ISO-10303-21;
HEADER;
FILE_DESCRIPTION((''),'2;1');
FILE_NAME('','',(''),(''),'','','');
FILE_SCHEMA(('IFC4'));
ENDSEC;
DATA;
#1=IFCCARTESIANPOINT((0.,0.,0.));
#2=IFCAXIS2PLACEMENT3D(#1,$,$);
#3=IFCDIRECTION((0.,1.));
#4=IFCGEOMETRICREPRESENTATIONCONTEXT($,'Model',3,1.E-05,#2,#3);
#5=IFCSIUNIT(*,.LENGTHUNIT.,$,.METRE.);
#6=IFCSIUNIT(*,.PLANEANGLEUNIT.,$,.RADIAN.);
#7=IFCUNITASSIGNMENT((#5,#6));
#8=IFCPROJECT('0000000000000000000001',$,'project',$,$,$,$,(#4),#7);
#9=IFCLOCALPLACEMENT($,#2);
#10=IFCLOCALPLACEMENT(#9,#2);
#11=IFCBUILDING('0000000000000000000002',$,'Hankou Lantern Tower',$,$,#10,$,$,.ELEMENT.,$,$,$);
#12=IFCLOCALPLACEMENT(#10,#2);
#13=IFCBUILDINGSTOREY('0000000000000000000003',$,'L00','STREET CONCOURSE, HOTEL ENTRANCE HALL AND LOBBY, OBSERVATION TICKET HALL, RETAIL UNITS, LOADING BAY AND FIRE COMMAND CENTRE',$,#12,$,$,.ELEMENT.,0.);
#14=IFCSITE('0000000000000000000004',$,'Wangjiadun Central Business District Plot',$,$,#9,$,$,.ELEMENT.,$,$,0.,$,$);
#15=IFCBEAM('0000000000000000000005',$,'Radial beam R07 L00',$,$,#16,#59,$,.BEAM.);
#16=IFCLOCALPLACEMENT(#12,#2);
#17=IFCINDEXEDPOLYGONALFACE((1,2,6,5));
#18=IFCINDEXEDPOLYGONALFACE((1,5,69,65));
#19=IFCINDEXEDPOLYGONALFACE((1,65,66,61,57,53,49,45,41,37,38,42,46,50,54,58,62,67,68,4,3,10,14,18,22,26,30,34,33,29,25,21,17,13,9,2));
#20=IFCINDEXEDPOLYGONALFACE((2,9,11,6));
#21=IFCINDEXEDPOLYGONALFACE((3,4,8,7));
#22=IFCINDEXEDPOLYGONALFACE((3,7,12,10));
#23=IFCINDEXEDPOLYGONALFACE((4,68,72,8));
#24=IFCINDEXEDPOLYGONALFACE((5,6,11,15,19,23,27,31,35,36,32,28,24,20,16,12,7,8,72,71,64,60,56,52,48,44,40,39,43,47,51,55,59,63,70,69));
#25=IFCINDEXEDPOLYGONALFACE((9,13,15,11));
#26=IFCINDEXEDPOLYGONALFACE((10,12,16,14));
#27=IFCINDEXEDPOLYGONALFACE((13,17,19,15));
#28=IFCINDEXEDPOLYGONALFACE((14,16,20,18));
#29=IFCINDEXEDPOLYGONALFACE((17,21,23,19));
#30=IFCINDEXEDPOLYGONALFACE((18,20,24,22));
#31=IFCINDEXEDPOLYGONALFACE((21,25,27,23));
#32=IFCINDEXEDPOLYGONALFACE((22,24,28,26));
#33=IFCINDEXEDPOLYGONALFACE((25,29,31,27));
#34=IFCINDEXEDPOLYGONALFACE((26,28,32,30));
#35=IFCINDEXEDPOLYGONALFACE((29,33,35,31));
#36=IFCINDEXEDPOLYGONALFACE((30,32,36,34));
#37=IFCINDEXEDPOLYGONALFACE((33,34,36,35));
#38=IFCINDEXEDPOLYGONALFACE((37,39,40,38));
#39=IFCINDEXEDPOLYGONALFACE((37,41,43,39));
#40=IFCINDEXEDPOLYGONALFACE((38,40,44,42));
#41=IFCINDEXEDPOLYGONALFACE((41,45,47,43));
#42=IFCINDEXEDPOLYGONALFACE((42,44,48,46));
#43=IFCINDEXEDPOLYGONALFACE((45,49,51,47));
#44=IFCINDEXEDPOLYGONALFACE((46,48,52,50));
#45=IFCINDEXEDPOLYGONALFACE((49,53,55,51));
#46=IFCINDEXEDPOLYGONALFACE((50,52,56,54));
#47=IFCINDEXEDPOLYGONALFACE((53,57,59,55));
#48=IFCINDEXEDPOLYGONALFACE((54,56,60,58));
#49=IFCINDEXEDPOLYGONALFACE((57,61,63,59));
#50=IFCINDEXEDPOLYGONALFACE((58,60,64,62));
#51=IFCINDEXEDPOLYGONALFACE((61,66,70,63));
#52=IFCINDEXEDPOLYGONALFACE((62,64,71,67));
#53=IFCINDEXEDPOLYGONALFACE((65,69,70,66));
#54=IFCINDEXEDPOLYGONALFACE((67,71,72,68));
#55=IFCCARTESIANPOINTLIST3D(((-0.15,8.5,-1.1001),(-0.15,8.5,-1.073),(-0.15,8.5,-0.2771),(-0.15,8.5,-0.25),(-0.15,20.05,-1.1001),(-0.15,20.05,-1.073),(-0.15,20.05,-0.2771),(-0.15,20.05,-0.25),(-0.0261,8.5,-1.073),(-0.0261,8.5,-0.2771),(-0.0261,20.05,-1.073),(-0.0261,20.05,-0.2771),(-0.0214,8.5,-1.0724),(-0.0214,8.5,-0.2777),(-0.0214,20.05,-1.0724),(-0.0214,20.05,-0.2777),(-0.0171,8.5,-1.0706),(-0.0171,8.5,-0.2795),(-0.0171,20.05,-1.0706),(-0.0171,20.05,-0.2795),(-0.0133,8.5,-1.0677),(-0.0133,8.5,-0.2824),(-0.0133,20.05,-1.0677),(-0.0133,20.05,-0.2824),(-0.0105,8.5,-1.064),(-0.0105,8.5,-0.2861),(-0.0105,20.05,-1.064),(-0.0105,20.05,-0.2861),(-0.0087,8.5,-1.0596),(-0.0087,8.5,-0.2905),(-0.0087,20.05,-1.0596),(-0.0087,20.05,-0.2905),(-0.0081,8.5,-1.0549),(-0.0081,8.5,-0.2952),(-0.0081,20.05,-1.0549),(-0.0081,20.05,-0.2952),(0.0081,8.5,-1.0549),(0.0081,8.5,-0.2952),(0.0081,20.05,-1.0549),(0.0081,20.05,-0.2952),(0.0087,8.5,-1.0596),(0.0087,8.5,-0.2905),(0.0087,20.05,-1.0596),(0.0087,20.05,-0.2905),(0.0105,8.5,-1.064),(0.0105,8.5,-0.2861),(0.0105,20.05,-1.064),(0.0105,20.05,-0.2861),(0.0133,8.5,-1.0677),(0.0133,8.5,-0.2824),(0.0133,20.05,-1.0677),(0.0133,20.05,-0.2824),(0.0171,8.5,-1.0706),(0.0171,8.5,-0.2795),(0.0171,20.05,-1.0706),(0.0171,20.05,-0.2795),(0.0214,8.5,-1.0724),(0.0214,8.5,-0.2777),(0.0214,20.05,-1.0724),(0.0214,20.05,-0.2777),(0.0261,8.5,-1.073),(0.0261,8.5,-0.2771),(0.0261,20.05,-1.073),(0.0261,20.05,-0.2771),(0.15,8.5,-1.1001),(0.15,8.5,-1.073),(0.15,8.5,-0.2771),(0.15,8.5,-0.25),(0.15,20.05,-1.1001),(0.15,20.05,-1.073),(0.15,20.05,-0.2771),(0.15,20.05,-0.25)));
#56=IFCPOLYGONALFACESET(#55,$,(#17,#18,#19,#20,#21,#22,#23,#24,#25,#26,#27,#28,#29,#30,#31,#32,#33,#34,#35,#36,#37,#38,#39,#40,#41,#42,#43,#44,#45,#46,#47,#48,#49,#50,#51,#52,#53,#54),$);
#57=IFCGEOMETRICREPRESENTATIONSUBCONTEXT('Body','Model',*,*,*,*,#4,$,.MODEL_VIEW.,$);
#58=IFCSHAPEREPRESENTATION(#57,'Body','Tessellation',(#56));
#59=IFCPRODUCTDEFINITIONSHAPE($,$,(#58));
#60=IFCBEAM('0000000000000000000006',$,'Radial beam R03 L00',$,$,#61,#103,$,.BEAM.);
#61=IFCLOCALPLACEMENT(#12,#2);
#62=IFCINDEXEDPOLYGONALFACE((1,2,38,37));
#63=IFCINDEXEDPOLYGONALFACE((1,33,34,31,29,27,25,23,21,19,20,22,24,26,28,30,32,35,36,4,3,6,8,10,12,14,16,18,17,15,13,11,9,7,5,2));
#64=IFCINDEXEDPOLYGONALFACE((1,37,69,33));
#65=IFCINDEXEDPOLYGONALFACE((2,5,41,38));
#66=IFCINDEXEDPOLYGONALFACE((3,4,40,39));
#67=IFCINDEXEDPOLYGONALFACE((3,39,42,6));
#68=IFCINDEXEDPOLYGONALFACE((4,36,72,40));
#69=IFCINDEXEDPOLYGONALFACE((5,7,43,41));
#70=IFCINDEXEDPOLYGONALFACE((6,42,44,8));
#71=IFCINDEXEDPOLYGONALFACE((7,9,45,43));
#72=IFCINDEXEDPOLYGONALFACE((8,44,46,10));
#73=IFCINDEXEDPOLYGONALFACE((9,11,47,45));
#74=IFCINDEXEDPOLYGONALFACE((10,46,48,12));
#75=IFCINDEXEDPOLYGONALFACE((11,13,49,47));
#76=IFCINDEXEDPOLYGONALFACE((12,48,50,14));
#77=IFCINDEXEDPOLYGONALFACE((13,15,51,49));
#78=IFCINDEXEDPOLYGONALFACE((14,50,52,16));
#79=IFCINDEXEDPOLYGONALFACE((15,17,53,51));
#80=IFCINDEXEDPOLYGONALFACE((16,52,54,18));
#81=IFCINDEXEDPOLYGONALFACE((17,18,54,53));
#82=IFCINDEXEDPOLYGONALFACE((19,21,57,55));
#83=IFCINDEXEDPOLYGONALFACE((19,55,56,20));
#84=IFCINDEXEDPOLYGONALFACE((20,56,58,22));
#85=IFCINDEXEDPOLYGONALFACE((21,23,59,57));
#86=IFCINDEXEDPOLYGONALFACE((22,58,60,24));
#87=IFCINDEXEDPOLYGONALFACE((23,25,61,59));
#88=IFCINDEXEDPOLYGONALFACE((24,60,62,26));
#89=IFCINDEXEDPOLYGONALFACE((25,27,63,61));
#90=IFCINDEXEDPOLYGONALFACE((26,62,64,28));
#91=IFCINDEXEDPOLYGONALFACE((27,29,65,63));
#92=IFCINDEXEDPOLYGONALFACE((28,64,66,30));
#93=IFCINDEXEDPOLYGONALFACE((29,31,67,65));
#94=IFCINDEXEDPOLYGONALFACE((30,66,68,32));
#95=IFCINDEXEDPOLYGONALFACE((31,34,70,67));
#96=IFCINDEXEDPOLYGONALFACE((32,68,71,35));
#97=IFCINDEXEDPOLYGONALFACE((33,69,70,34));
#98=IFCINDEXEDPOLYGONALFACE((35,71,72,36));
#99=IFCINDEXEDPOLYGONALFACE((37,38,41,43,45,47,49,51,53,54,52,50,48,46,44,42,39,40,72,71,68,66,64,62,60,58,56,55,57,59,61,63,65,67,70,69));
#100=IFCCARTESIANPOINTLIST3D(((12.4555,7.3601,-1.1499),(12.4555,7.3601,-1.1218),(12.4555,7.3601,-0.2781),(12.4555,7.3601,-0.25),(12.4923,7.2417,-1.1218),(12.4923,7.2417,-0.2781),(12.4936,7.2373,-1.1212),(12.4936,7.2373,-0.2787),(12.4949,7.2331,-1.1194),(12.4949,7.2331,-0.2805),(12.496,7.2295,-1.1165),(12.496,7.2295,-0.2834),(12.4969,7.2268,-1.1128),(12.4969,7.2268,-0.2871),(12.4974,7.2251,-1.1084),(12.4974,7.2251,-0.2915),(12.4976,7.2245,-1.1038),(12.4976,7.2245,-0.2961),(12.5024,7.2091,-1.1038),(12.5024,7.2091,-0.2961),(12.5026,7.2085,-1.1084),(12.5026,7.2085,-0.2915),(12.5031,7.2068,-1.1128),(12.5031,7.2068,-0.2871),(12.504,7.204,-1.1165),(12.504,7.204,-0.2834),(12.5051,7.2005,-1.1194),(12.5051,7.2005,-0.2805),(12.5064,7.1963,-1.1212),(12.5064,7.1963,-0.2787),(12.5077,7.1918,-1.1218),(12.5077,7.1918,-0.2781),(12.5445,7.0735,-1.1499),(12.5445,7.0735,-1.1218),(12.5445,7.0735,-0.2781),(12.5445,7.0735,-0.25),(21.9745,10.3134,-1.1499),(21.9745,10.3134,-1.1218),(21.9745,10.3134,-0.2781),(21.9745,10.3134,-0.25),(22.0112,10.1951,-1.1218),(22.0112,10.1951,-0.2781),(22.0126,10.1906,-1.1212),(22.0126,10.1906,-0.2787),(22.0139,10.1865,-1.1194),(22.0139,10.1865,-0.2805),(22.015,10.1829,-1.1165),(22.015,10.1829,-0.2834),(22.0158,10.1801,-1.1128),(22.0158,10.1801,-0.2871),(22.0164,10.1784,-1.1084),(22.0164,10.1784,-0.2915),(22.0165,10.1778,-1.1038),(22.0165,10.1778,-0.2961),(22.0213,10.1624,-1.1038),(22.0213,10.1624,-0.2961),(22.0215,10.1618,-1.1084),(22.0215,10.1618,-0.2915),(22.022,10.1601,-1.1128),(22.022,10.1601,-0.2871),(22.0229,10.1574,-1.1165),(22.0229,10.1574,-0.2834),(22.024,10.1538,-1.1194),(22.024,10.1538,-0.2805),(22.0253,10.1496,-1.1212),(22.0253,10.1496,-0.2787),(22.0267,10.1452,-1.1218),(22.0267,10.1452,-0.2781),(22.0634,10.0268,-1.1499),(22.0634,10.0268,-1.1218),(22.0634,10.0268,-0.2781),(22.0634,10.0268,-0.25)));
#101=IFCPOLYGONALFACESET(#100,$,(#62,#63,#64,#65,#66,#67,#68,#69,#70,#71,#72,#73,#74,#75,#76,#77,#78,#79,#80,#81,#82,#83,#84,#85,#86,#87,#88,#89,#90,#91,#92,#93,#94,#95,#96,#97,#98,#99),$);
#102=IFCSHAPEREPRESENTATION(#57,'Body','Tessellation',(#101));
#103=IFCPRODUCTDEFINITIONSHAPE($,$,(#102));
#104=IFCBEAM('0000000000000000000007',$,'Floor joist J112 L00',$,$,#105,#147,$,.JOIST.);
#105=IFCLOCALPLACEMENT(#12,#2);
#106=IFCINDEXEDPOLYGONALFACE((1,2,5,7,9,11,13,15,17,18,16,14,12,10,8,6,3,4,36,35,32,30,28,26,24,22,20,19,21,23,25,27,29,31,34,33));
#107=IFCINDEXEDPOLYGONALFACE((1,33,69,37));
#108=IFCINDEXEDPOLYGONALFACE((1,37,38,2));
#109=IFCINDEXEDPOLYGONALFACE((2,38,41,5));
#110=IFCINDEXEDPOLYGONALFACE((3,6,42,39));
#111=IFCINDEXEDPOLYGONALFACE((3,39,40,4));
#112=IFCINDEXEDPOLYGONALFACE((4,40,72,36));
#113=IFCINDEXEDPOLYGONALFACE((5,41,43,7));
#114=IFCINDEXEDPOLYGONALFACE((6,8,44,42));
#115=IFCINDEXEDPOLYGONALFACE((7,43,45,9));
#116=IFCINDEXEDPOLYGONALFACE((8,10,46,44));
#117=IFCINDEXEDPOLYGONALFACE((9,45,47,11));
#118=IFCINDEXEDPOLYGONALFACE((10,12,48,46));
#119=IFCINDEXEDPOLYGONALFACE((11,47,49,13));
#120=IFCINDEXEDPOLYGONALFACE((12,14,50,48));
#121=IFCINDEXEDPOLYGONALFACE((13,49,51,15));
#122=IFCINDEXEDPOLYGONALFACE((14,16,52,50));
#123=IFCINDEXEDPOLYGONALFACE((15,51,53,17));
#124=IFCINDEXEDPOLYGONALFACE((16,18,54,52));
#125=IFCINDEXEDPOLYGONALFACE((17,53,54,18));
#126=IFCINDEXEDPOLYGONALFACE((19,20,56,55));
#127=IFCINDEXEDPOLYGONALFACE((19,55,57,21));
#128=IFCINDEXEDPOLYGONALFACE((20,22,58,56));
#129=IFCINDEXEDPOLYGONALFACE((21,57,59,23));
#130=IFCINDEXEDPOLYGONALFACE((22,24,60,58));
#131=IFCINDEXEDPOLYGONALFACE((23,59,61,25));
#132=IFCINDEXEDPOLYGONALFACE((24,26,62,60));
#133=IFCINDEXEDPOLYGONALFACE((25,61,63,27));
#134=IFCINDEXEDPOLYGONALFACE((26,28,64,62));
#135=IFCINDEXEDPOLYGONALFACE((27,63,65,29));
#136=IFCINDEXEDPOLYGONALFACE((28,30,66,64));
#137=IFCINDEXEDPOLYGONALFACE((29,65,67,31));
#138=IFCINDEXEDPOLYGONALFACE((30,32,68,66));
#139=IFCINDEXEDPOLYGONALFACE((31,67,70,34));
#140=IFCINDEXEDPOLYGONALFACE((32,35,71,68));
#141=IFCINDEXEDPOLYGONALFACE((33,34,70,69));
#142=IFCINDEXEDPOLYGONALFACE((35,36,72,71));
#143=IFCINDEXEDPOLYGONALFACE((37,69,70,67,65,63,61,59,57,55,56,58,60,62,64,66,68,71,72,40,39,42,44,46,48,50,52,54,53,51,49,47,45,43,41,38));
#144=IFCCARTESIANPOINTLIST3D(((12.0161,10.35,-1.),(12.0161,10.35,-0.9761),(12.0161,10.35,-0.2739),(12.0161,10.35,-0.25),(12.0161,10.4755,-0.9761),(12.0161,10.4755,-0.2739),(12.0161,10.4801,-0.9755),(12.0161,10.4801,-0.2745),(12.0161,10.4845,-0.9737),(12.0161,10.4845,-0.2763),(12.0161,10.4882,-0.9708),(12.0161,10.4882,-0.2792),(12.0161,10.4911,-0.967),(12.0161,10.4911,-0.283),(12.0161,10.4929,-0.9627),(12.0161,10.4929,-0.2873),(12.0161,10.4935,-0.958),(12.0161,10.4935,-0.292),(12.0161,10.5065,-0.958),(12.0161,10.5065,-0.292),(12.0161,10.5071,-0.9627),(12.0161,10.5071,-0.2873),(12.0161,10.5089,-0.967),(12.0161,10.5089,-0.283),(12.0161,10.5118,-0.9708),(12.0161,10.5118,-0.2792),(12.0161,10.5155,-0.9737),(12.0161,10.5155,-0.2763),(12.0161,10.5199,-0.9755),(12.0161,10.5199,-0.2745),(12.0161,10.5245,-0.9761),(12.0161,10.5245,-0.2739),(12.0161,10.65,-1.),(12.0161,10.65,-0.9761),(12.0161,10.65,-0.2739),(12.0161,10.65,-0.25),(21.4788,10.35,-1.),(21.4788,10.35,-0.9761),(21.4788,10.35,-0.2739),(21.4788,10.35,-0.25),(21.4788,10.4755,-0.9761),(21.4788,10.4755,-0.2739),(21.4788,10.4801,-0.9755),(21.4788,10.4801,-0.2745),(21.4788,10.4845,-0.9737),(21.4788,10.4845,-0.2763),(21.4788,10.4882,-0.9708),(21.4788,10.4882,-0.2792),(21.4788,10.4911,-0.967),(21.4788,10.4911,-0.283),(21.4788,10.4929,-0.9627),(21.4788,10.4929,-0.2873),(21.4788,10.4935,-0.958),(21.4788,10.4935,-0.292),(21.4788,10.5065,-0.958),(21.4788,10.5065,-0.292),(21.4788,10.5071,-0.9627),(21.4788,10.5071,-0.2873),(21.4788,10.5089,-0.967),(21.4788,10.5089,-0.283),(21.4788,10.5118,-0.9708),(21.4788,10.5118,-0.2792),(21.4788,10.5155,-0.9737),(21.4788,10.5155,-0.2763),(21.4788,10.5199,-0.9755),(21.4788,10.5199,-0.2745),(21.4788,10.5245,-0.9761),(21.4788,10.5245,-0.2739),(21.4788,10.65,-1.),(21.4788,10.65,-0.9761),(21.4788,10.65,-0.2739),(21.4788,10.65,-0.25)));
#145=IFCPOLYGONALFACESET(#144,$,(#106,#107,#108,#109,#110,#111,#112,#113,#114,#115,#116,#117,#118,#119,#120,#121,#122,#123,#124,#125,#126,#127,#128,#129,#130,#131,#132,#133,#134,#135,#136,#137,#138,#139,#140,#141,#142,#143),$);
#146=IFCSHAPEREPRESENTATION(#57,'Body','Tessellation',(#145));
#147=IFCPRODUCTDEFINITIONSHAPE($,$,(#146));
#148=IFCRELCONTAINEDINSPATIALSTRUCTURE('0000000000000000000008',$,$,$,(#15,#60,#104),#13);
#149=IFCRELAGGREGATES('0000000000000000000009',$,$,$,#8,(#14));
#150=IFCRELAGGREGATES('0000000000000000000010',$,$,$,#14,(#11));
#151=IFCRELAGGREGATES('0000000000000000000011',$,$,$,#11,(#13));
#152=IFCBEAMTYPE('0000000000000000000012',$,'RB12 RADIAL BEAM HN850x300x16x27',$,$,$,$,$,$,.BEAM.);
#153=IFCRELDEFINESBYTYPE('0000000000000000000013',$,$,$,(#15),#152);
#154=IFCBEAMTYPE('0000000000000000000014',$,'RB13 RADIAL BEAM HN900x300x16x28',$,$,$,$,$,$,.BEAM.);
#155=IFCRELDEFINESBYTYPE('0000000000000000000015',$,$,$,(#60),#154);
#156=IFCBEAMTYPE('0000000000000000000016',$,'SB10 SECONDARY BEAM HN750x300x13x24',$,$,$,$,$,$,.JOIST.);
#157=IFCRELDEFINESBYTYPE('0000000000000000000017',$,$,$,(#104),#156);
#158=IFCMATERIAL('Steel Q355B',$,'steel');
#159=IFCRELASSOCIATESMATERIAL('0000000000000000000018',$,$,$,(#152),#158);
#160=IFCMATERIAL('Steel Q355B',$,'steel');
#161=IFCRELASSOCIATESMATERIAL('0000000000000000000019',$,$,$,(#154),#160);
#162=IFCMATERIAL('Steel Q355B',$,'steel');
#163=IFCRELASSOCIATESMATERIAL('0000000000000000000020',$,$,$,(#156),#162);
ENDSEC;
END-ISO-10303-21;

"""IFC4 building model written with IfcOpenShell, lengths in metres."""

from ifc_helpers import new_model, si_unit, direction, frame, origin, origin_2d, place, context, subcontext, project, spatial, i_section, extrude, material, material_profile, profile_set, type_object, element, save


model = new_model("IFC4")

# Units and contexts
model_context = context("Model", 3, precision=1e-05, world=origin(), true_north=direction((0.0, 1.0)))
body_context = subcontext(model_context, "Body", "Model", "MODEL_VIEW")
ifc_project = project(units=[si_unit("LENGTHUNIT", "METRE"), si_unit("PLANEANGLEUNIT", "RADIAN")], contexts=[model_context])

# Site, building, storey
site_placement = place(None, origin())
site = spatial("IfcSite", under=ifc_project, at=site_placement, Name="Wangjiadun Central Business District Plot", CompositionType="ELEMENT", RefElevation=0.0)
building_placement = place(site_placement, origin())
building = spatial("IfcBuilding", under=site, at=building_placement, Name="Hankou Lantern Tower", CompositionType="ELEMENT")
storey_placement = place(building_placement, origin())
storey = spatial("IfcBuildingStorey", under=building, at=storey_placement, Name="L00", Description="STREET CONCOURSE, HOTEL ENTRANCE HALL AND LOBBY, OBSERVATION TICKET HALL, RETAIL UNITS, LOADING BAY AND FIRE COMMAND CENTRE", CompositionType="ELEMENT", Elevation=0.0)

# Beams
ifc_material_1 = material(Name="Steel Q355B", Category="steel")
ifc_material_profile_1 = material_profile(ifc_material_1, i_section(OverallWidth=0.3, OverallDepth=0.8501, WebThickness=0.0161, FlangeThickness=0.0271, FilletRadius=0.0181, at=origin_2d()), Name="HN850x300x16x27")
ifc_profile_set_1 = profile_set([ifc_material_profile_1], Name="Steel Q355B")
beam_type_1 = type_object("IfcBeamType", Name="RB12 RADIAL BEAM HN850x300x16x27", PredefinedType="BEAM", material=ifc_profile_set_1)
beam_1_placement = place(storey_placement, frame((0.0, 8.5, -0.675), z_axis=(0.0, 1.0, 0.0), x_axis=(-1.0, 0.0, 0.0)))
element("IfcBeam", 1, at=beam_1_placement, inside=storey, type_object=beam_type_1, Name="Radial beam R07 L00", PredefinedType="BEAM", context=body_context, shape_type="SweptSolid", body=[
    extrude(i_section(OverallWidth=0.3, OverallDepth=0.8501, WebThickness=0.0161, FlangeThickness=0.0271, FilletRadius=0.0181, at=origin_2d()), origin(), (0.0, 0.0, 1.0), 11.55),
])
ifc_material_2 = material(Name="Steel Q355B", Category="steel")
ifc_material_profile_2 = material_profile(ifc_material_2, i_section(OverallWidth=0.3, OverallDepth=0.8999, WebThickness=0.0161, FlangeThickness=0.0281, FilletRadius=0.0181, at=origin_2d()), Name="HN900x300x16x28")
ifc_profile_set_2 = profile_set([ifc_material_profile_2], Name="Steel Q355B")
beam_type_2 = type_object("IfcBeamType", Name="RB13 RADIAL BEAM HN900x300x16x28", PredefinedType="BEAM", material=ifc_profile_set_2)
beam_2_placement = place(storey_placement, frame((12.5, 7.2168, -0.7), z_axis=(0.955087, 0.296324, 0.0), x_axis=(-0.296324, 0.955087, 0.0)))
element("IfcBeam", 2, at=beam_2_placement, inside=storey, type_object=beam_type_2, Name="Radial beam R03 L00", PredefinedType="BEAM", context=body_context, shape_type="SweptSolid", body=[
    extrude(i_section(OverallWidth=0.3, OverallDepth=0.8999, WebThickness=0.0161, FlangeThickness=0.0281, FilletRadius=0.0181, at=origin_2d()), origin(), (0.0, 0.0, 1.0), 9.9666),
])
ifc_material_3 = material(Name="Steel Q355B", Category="steel")
ifc_material_profile_3 = material_profile(ifc_material_3, i_section(OverallWidth=0.3, OverallDepth=0.75, WebThickness=0.0129, FlangeThickness=0.0239, FilletRadius=0.0181, at=origin_2d()), Name="HN750x300x13x24")
ifc_profile_set_3 = profile_set([ifc_material_profile_3], Name="Steel Q355B")
beam_type_3 = type_object("IfcBeamType", Name="SB10 SECONDARY BEAM HN750x300x13x24", PredefinedType="JOIST", material=ifc_profile_set_3)
beam_3_placement = place(storey_placement, frame((12.0161, 10.5, -0.625), z_axis=(1.0, 0.0, 0.0), x_axis=(0.0, 1.0, 0.0)))
element("IfcBeam", 3, at=beam_3_placement, inside=storey, type_object=beam_type_3, Name="Floor joist J112 L00", PredefinedType="JOIST", context=body_context, shape_type="SweptSolid", body=[
    extrude(i_section(OverallWidth=0.3, OverallDepth=0.75, WebThickness=0.0129, FlangeThickness=0.0239, FilletRadius=0.0181, at=origin_2d()), origin(), (0.0, 0.0, 1.0), 9.4626),
])

save(model, "model.ifc")
